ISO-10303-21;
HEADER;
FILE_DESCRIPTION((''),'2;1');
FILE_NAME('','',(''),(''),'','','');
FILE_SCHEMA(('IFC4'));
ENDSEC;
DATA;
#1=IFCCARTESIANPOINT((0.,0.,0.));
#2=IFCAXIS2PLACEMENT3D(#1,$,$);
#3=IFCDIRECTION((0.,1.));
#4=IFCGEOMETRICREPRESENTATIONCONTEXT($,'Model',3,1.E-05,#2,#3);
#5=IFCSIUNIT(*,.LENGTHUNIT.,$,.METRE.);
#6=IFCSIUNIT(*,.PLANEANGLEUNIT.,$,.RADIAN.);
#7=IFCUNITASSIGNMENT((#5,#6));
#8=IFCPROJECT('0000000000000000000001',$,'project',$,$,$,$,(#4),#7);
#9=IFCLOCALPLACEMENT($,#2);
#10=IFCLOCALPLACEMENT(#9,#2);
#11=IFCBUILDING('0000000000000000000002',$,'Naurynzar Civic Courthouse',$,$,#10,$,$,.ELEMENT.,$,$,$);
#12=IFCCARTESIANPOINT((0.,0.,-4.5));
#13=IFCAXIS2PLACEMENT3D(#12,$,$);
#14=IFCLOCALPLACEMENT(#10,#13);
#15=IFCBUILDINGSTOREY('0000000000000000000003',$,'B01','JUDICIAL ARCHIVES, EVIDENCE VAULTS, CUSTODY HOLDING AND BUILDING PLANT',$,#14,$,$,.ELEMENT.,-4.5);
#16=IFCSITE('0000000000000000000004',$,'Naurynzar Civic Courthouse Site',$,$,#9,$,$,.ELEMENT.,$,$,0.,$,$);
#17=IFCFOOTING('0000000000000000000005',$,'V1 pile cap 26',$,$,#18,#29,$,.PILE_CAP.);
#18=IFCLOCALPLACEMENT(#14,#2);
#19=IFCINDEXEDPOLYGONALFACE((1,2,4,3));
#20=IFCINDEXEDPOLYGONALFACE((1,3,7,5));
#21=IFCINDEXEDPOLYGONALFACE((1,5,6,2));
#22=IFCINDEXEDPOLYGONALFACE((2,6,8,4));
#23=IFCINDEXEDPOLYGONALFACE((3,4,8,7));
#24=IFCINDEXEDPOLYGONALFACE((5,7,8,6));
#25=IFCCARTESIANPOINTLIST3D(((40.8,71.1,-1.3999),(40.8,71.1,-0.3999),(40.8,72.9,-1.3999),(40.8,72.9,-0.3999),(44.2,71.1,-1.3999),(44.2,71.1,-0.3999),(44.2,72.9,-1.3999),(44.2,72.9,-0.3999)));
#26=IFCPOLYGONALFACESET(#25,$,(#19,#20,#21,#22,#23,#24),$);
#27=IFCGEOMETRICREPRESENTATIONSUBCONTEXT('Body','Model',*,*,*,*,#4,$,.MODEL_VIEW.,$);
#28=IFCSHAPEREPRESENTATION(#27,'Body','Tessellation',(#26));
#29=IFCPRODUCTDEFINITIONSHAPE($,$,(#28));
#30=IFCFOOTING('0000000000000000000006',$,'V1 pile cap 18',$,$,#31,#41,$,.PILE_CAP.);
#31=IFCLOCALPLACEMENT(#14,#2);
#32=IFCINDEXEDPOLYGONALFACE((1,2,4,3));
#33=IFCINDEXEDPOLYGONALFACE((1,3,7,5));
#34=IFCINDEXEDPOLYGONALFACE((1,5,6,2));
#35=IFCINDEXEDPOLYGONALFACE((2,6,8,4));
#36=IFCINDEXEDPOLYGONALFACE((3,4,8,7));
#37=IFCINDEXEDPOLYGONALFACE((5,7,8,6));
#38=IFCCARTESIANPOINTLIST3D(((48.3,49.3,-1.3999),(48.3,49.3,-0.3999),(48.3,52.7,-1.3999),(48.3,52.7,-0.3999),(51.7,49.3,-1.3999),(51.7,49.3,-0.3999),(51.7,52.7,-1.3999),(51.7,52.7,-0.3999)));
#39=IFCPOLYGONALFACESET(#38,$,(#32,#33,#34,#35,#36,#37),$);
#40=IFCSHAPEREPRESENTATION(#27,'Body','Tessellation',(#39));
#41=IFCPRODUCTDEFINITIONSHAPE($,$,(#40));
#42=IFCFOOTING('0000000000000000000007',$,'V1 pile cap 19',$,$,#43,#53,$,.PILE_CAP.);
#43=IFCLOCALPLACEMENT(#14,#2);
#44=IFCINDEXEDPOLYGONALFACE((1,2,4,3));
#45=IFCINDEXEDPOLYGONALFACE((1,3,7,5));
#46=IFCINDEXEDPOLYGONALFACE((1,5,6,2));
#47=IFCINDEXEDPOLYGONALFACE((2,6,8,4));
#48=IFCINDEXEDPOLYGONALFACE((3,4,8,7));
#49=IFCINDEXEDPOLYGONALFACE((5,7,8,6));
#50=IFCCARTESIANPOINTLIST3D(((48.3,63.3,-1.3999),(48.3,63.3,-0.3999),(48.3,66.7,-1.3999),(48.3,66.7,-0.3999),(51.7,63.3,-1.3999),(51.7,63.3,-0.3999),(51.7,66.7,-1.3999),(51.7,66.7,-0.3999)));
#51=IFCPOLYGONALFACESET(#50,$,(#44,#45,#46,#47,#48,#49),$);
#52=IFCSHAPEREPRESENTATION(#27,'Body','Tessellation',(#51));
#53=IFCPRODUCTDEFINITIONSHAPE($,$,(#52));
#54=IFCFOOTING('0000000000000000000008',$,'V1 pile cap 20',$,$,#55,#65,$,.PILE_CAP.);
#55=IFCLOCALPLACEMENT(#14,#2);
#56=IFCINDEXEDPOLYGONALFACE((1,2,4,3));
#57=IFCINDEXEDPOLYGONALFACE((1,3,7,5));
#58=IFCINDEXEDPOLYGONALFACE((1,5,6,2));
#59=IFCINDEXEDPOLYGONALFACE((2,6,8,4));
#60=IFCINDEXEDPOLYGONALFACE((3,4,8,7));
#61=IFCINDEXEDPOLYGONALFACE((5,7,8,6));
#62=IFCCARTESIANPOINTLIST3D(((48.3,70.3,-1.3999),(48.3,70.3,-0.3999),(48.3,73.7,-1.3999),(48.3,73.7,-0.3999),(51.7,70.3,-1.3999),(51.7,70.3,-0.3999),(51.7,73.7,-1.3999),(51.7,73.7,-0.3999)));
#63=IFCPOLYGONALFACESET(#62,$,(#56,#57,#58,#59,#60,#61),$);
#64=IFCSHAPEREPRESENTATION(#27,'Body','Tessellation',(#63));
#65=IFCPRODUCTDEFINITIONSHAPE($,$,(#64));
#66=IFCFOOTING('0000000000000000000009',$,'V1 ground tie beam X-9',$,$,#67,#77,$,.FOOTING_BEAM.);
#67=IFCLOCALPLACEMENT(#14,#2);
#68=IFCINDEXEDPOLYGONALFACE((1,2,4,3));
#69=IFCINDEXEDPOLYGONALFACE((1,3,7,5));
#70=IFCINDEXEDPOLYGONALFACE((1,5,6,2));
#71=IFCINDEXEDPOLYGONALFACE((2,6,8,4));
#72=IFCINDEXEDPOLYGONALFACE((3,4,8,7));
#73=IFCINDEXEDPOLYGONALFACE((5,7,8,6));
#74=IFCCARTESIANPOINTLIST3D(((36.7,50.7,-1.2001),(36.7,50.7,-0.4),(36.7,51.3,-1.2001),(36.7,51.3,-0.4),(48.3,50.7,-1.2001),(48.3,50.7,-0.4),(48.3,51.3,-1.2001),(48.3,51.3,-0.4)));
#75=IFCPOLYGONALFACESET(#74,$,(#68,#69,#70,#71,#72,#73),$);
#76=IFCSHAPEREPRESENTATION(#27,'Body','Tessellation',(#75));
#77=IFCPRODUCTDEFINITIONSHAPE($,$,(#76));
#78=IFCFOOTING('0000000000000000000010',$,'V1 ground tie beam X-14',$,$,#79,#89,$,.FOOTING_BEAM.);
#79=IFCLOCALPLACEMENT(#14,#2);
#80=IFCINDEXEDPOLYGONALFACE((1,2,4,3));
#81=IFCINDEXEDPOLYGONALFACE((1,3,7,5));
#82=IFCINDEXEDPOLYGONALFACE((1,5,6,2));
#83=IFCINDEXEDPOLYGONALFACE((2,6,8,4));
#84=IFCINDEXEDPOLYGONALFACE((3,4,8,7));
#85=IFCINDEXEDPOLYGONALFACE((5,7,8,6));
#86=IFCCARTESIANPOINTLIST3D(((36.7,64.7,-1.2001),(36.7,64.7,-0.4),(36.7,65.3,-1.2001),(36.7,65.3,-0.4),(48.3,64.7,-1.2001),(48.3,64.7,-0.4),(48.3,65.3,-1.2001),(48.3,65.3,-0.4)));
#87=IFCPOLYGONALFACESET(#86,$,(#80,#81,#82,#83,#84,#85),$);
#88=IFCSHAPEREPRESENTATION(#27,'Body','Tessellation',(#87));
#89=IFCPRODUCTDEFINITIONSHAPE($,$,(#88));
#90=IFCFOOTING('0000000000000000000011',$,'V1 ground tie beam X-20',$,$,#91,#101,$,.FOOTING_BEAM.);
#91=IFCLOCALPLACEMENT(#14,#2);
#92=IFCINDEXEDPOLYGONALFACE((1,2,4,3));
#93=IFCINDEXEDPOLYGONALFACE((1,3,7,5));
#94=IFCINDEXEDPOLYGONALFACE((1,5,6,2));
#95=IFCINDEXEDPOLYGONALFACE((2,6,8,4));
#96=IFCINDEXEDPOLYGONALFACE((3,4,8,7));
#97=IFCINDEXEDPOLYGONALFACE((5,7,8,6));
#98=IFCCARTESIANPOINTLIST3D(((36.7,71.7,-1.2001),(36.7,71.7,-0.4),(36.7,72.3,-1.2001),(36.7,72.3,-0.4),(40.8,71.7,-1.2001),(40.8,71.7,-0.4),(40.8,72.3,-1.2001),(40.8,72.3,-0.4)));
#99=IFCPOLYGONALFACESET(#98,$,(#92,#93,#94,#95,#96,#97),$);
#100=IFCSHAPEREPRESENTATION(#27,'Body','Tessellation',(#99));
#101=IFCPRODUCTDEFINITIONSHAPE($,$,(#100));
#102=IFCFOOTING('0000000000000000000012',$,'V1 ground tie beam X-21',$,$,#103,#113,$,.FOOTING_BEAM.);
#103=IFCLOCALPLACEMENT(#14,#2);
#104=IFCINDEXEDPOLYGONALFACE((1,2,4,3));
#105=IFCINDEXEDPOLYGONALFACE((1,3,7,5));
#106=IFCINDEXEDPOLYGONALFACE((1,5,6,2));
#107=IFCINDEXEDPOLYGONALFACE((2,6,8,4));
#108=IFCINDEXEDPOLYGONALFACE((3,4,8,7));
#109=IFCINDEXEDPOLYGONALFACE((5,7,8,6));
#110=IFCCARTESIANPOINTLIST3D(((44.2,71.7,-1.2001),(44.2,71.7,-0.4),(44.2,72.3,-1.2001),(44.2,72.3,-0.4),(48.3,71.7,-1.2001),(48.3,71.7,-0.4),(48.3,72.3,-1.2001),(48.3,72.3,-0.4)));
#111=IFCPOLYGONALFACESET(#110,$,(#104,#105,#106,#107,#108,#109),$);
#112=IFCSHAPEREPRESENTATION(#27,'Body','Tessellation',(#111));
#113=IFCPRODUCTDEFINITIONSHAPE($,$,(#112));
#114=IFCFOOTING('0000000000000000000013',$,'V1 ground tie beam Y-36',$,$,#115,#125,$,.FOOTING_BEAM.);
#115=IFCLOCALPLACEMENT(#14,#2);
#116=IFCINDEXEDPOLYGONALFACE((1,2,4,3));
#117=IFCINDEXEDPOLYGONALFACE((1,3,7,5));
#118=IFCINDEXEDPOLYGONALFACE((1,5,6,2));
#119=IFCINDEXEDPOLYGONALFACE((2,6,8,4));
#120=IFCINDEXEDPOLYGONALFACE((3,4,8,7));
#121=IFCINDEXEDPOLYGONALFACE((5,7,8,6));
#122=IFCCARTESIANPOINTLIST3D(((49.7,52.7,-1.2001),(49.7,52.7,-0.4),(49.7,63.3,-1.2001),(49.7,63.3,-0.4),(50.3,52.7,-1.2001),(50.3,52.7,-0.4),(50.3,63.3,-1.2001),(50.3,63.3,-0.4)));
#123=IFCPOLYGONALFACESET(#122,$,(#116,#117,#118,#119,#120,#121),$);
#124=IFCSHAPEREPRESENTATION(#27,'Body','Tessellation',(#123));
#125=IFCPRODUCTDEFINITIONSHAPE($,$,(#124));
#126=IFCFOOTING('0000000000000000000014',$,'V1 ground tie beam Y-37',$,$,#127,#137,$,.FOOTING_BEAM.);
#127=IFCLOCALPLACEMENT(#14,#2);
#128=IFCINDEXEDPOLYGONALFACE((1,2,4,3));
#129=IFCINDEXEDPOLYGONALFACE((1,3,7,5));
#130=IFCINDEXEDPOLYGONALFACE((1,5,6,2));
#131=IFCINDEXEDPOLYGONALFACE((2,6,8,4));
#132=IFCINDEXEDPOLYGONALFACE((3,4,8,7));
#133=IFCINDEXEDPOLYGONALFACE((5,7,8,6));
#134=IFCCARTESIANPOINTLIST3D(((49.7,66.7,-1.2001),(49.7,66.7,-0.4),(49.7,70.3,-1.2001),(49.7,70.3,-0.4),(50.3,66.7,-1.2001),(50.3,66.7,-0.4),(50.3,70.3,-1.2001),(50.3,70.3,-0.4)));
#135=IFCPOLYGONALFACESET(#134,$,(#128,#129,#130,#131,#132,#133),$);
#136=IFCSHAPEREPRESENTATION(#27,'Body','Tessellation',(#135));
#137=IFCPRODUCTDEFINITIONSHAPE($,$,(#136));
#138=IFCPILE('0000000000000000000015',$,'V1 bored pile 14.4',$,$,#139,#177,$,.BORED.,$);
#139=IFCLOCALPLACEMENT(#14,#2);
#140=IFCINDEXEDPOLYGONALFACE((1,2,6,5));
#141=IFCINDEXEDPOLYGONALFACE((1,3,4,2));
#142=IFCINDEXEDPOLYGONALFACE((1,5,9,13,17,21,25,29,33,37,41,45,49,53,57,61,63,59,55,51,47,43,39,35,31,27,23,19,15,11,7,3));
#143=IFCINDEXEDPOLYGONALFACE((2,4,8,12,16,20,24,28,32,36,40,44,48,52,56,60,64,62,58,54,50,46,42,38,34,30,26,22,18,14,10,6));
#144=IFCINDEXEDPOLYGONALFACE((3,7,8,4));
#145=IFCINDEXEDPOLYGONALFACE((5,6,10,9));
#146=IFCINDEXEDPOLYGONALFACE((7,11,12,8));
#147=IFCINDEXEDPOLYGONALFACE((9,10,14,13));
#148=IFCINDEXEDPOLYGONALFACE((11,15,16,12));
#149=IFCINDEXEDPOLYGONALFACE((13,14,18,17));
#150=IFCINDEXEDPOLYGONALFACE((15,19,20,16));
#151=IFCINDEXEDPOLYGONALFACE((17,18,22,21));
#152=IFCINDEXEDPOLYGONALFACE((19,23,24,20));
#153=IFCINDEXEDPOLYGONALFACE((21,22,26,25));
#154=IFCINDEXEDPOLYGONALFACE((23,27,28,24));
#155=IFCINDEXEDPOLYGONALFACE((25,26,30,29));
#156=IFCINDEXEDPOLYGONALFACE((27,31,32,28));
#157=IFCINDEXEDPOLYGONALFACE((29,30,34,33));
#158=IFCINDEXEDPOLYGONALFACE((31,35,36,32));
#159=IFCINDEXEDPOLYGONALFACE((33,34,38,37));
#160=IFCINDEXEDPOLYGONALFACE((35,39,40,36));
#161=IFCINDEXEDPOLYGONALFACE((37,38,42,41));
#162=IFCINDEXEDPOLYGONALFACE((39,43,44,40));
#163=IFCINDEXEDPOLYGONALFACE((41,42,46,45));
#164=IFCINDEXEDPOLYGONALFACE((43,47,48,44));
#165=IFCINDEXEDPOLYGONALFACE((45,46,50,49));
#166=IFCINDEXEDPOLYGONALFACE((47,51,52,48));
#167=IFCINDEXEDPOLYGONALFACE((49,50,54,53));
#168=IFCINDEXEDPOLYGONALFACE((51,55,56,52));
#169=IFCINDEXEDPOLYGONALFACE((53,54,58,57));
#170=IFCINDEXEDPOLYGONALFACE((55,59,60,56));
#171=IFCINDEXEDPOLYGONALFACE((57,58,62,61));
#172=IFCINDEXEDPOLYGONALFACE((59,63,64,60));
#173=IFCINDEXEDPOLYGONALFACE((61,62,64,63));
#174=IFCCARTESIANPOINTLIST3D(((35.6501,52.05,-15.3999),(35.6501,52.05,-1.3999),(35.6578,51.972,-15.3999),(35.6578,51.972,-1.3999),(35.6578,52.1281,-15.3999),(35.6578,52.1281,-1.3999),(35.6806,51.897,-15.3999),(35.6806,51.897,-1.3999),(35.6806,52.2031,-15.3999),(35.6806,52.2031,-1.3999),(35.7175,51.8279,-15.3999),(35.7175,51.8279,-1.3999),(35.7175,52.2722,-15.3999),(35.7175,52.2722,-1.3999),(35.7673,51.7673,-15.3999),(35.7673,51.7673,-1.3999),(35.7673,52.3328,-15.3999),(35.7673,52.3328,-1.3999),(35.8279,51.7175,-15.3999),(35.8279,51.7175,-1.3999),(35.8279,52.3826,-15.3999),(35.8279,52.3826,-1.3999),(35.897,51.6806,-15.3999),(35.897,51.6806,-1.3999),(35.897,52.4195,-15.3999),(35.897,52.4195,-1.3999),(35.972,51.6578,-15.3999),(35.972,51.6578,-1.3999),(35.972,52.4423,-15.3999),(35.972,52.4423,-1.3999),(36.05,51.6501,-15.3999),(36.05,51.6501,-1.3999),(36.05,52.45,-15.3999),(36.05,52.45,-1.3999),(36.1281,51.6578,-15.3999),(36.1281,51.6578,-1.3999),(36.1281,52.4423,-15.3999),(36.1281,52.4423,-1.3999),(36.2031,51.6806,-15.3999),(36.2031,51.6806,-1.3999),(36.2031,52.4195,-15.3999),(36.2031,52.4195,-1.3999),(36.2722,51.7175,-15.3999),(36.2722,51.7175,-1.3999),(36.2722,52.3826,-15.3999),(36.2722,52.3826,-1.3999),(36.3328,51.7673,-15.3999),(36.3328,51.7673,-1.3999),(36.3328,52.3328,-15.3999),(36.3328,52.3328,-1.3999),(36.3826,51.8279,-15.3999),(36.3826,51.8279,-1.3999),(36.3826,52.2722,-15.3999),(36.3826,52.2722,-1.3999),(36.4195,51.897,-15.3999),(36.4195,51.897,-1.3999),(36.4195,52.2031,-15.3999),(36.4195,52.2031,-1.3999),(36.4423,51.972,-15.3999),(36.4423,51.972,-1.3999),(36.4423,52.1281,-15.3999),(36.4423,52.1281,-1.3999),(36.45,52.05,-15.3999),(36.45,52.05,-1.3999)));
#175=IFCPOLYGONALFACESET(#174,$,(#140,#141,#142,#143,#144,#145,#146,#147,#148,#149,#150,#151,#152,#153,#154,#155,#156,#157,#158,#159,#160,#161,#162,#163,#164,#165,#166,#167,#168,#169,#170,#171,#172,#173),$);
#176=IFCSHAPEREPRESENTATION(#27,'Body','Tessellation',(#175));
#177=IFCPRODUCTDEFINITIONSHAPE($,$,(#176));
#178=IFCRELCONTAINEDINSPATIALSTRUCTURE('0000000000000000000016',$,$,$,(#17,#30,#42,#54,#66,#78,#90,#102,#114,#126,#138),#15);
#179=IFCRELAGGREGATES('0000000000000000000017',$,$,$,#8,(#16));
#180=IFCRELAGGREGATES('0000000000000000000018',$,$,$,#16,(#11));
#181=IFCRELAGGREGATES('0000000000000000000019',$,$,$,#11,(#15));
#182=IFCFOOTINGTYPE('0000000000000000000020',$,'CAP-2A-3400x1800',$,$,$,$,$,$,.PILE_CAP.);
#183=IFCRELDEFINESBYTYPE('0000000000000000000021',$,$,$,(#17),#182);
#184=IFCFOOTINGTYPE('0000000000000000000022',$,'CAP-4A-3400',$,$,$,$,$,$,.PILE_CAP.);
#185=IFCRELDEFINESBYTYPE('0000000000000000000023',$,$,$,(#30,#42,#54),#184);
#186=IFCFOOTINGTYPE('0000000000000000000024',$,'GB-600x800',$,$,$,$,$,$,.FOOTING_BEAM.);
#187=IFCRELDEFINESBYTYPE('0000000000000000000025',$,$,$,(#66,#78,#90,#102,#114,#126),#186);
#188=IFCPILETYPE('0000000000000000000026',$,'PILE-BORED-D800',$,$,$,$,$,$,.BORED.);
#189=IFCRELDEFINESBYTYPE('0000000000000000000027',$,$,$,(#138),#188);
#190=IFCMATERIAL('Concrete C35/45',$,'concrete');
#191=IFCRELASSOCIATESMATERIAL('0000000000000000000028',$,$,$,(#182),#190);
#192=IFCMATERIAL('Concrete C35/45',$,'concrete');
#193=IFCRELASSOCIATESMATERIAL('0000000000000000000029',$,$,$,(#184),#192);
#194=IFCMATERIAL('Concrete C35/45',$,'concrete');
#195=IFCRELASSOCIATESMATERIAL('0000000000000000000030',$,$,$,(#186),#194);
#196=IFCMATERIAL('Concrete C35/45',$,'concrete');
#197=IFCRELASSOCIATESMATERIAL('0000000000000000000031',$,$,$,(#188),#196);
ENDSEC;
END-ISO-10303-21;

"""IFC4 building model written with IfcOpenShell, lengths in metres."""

from ifc_helpers import new_model, si_unit, direction, frame, origin, origin_2d, place, context, subcontext, project, spatial, rectangle, circle, extrude, material, material_profile, profile_set, type_object, element, save


model = new_model("IFC4")

# Units and contexts
model_context = context("Model", 3, precision=1e-05, world=origin(), true_north=direction((0.0, 1.0)))
body_context = subcontext(model_context, "Body", "Model", "MODEL_VIEW")
ifc_project = project(units=[si_unit("LENGTHUNIT", "METRE"), si_unit("PLANEANGLEUNIT", "RADIAN")], contexts=[model_context])

# Site, building, storey
site_placement = place(None, origin())
site = spatial("IfcSite", under=ifc_project, at=site_placement, Name="Naurynzar Civic Courthouse Site", CompositionType="ELEMENT", RefElevation=0.0)
building_placement = place(site_placement, origin())
building = spatial("IfcBuilding", under=site, at=building_placement, Name="Naurynzar Civic Courthouse", CompositionType="ELEMENT")
storey_placement = place(building_placement, frame((0.0, 0.0, -4.5)))
storey = spatial("IfcBuildingStorey", under=building, at=storey_placement, Name="B01", Description="JUDICIAL ARCHIVES, EVIDENCE VAULTS, CUSTODY HOLDING AND BUILDING PLANT", CompositionType="ELEMENT", Elevation=-4.5)

# Footings
ifc_material_1 = material(Name="Concrete C35/45", Category="concrete")
footing_type_1 = type_object("IfcFootingType", Name="CAP-2A-3400x1800", PredefinedType="PILE_CAP", material=ifc_material_1)
footing_1_placement = place(storey_placement, frame((42.5, 72.0, -1.3999), z_axis=(0.0, 0.0, 1.0), x_axis=(1.0, 0.0, 0.0)))
element("IfcFooting", 1, at=footing_1_placement, inside=storey, type_object=footing_type_1, Name="V1 pile cap 26", PredefinedType="PILE_CAP", context=body_context, shape_type="SweptSolid", body=[
    extrude(rectangle(XDim=3.3999, YDim=1.8, at=origin_2d()), origin(), (0.0, 0.0, 1.0), 1.0),
])
ifc_material_2 = material(Name="Concrete C35/45", Category="concrete")
footing_type_2 = type_object("IfcFootingType", Name="CAP-4A-3400", PredefinedType="PILE_CAP", material=ifc_material_2)
for number, where, z_axis, x_axis, name in (
    (2, (50.0, 51.0, -1.3999), (0.0, 0.0, 1.0), (1.0, 0.0, 0.0), "V1 pile cap 18"),
    (3, (50.0, 65.0, -1.3999), (0.0, 0.0, 1.0), (1.0, 0.0, 0.0), "V1 pile cap 19"),
    (4, (50.0, 72.0, -1.3999), (0.0, 0.0, 1.0), (1.0, 0.0, 0.0), "V1 pile cap 20"),
):
    element("IfcFooting", number, at=place(storey_placement, frame(where, z_axis=z_axis, x_axis=x_axis)), inside=storey, type_object=footing_type_2, Name=name, PredefinedType="PILE_CAP", context=body_context, shape_type="SweptSolid", body=[
        extrude(rectangle(XDim=3.3999, YDim=3.3999, at=origin_2d()), origin(), (0.0, 0.0, 1.0), 1.0),
    ])
ifc_material_3 = material(Name="Concrete C35/45", Category="concrete")
ifc_material_profile_1 = material_profile(ifc_material_3, rectangle(XDim=0.6001, YDim=0.8, at=origin_2d()), Name="GB 600x800")
ifc_profile_set_1 = profile_set([ifc_material_profile_1], Name="Concrete C35/45")
footing_type_3 = type_object("IfcFootingType", Name="GB-600x800", PredefinedType="FOOTING_BEAM", material=ifc_profile_set_1)
for number, where, z_axis, x_axis, name in (
    (5, (36.7, 51.0, -0.8), (1.0, 0.0, 0.0), (0.0, 1.0, 0.0), "V1 ground tie beam X-9"),
    (6, (36.7, 65.0, -0.8), (1.0, 0.0, 0.0), (0.0, 1.0, 0.0), "V1 ground tie beam X-14"),
):
    element("IfcFooting", number, at=place(storey_placement, frame(where, z_axis=z_axis, x_axis=x_axis)), inside=storey, type_object=footing_type_3, Name=name, PredefinedType="FOOTING_BEAM", context=body_context, shape_type="SweptSolid", body=[
        extrude(rectangle(XDim=0.6001, YDim=0.8, at=origin_2d()), origin(), (0.0, 0.0, 1.0), 11.6001),
    ])
for number, where, z_axis, x_axis, name in (
    (7, (36.7, 72.0, -0.8), (1.0, 0.0, 0.0), (0.0, 1.0, 0.0), "V1 ground tie beam X-20"),
    (8, (44.2, 72.0, -0.8), (1.0, 0.0, 0.0), (0.0, 1.0, 0.0), "V1 ground tie beam X-21"),
):
    element("IfcFooting", number, at=place(storey_placement, frame(where, z_axis=z_axis, x_axis=x_axis)), inside=storey, type_object=footing_type_3, Name=name, PredefinedType="FOOTING_BEAM", context=body_context, shape_type="SweptSolid", body=[
        extrude(rectangle(XDim=0.6001, YDim=0.8, at=origin_2d()), origin(), (0.0, 0.0, 1.0), 4.1001),
    ])
footing_2_placement = place(storey_placement, frame((50.0, 52.7, -0.8), z_axis=(0.0, 1.0, 0.0), x_axis=(-1.0, 0.0, 0.0)))
element("IfcFooting", 9, at=footing_2_placement, inside=storey, type_object=footing_type_3, Name="V1 ground tie beam Y-36", PredefinedType="FOOTING_BEAM", context=body_context, shape_type="SweptSolid", body=[
    extrude(rectangle(XDim=0.6001, YDim=0.8, at=origin_2d()), origin(), (0.0, 0.0, 1.0), 10.6001),
])
footing_3_placement = place(storey_placement, frame((50.0, 66.7, -0.8), z_axis=(0.0, 1.0, 0.0), x_axis=(-1.0, 0.0, 0.0)))
element("IfcFooting", 10, at=footing_3_placement, inside=storey, type_object=footing_type_3, Name="V1 ground tie beam Y-37", PredefinedType="FOOTING_BEAM", context=body_context, shape_type="SweptSolid", body=[
    extrude(rectangle(XDim=0.6001, YDim=0.8, at=origin_2d()), origin(), (0.0, 0.0, 1.0), 3.6001),
])

# Pile
ifc_material_4 = material(Name="Concrete C35/45", Category="concrete")
ifc_material_profile_2 = material_profile(ifc_material_4, circle(Radius=0.3999, at=origin_2d()), Name="PILE D800")
ifc_profile_set_2 = profile_set([ifc_material_profile_2], Name="Concrete C35/45")
pile_type = type_object("IfcPileType", Name="PILE-BORED-D800", PredefinedType="BORED", material=ifc_profile_set_2)
for number, where, z_axis, x_axis, name in (
    (11, (36.05, 52.05, -1.3999), (0.0, 0.0, -1.0), (1.0, 0.0, 0.0), "V1 bored pile 14.4"),
):
    element("IfcPile", number, at=place(storey_placement, frame(where, z_axis=z_axis, x_axis=x_axis)), inside=storey, type_object=pile_type, Name=name, PredefinedType="BORED", context=body_context, shape_type="SweptSolid", body=[
        extrude(circle(Radius=0.3999, at=origin_2d()), origin(), (0.0, 0.0, 1.0), 14.0),
    ])

save(model, "model.ifc")
